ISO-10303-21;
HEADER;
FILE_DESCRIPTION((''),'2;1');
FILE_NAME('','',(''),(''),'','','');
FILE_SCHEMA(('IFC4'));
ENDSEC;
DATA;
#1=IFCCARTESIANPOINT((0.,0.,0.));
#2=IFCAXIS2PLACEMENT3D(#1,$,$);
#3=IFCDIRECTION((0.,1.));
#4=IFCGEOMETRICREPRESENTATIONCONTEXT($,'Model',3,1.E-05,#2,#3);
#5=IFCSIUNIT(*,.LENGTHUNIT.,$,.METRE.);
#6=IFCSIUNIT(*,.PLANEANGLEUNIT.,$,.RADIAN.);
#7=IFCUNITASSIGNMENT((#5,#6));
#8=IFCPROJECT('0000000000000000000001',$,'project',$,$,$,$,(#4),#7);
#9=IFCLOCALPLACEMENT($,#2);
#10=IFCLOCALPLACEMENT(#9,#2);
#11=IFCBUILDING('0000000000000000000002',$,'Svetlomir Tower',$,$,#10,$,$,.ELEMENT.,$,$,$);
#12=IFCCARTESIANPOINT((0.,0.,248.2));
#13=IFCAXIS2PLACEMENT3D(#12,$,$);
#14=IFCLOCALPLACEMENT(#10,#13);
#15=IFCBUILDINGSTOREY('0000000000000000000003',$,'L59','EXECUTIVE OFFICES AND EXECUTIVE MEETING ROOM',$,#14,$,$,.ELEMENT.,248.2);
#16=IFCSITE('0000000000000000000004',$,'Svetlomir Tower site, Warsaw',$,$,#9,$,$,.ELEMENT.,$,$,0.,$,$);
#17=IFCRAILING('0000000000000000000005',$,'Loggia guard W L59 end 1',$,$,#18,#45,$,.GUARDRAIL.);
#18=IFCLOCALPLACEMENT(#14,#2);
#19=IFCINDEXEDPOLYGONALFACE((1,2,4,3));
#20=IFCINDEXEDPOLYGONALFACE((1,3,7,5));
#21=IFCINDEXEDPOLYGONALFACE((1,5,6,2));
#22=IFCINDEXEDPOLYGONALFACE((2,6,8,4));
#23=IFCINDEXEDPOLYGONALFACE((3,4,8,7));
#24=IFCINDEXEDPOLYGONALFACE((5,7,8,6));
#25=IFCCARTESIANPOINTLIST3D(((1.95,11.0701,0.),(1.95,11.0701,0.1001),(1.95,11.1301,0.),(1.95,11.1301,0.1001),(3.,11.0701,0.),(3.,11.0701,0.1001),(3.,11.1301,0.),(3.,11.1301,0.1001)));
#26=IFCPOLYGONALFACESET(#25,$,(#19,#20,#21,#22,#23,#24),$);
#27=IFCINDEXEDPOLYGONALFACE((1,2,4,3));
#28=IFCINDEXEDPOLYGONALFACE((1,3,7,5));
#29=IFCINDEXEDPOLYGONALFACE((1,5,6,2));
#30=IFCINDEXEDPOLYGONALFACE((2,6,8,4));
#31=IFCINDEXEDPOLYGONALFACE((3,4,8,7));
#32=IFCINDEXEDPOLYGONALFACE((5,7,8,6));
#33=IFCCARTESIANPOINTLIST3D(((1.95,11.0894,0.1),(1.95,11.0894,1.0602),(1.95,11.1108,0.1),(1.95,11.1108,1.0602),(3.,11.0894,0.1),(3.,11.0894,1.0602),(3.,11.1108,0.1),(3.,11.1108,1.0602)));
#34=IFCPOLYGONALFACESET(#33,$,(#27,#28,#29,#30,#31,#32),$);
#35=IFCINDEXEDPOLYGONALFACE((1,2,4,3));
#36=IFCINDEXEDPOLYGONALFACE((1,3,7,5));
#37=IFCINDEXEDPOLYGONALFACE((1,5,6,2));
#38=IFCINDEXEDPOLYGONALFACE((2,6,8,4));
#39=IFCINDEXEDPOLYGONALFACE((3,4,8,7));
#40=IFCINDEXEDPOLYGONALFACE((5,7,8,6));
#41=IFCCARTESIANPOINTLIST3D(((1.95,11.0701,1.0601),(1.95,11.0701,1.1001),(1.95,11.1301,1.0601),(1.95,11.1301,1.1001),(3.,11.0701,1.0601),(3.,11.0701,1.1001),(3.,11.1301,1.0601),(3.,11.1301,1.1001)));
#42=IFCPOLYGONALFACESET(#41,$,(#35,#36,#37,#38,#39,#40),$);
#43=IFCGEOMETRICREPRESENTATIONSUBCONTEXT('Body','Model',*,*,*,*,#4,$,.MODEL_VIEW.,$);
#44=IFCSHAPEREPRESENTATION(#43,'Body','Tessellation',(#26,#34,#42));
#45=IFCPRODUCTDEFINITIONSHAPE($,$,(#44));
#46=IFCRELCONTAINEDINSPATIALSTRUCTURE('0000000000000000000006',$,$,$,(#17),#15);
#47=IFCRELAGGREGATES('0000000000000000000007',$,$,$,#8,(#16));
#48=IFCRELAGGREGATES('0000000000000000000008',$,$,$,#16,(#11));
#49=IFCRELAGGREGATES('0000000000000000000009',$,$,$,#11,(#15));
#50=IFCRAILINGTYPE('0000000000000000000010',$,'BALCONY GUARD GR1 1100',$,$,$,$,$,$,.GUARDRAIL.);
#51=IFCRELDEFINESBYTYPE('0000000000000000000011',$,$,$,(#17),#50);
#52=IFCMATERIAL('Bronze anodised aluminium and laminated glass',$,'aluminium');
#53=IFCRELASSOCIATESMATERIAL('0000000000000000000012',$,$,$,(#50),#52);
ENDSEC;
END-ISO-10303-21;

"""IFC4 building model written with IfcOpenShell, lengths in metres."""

from ifc_helpers import new_model, si_unit, direction, frame, origin, origin_2d, place, context, subcontext, project, spatial, rectangle, extrude, material, type_object, element, save


model = new_model("IFC4")

# Units and contexts
model_context = context("Model", 3, precision=1e-05, world=origin(), true_north=direction((0.0, 1.0)))
body_context = subcontext(model_context, "Body", "Model", "MODEL_VIEW")
ifc_project = project(units=[si_unit("LENGTHUNIT", "METRE"), si_unit("PLANEANGLEUNIT", "RADIAN")], contexts=[model_context])

# Site, building, storey
site_placement = place(None, origin())
site = spatial("IfcSite", under=ifc_project, at=site_placement, Name="Svetlomir Tower site, Warsaw", CompositionType="ELEMENT", RefElevation=0.0)
building_placement = place(site_placement, origin())
building = spatial("IfcBuilding", under=site, at=building_placement, Name="Svetlomir Tower", CompositionType="ELEMENT")
storey_placement = place(building_placement, frame((0.0, 0.0, 248.2)))
storey = spatial("IfcBuildingStorey", under=building, at=storey_placement, Name="L59", Description="EXECUTIVE OFFICES AND EXECUTIVE MEETING ROOM", CompositionType="ELEMENT", Elevation=248.2)

# Railing
ifc_material_1 = material(Name="Bronze anodised aluminium and laminated glass", Category="aluminium")
railing_type = type_object("IfcRailingType", Name="BALCONY GUARD GR1 1100", PredefinedType="GUARDRAIL", material=ifc_material_1)
railing_1_placement = place(storey_placement, frame((1.95, 11.1001, 0.0)))
element("IfcRailing", 1, at=railing_1_placement, inside=storey, type_object=railing_type, Name="Loggia guard W L59 end 1", PredefinedType="GUARDRAIL", context=body_context, shape_type="SweptSolid", body=[
    extrude(rectangle(XDim=0.0601, YDim=0.1001, at=origin_2d()), frame((0.0, 0.0, 0.05), z_axis=(1.0, 0.0, 0.0), x_axis=(0.0, 1.0, 0.0)), (0.0, 0.0, 1.0), 1.05),
    extrude(rectangle(XDim=0.0215, YDim=0.9602, at=origin_2d()), frame((0.0, 0.0, 0.5801), z_axis=(1.0, 0.0, 0.0), x_axis=(0.0, 1.0, 0.0)), (0.0, 0.0, 1.0), 1.05),
    extrude(rectangle(XDim=0.0601, YDim=0.04, at=origin_2d()), frame((0.0, 0.0, 1.0801), z_axis=(1.0, 0.0, 0.0), x_axis=(0.0, 1.0, 0.0)), (0.0, 0.0, 1.0), 1.05),
])

save(model, "model.ifc")
